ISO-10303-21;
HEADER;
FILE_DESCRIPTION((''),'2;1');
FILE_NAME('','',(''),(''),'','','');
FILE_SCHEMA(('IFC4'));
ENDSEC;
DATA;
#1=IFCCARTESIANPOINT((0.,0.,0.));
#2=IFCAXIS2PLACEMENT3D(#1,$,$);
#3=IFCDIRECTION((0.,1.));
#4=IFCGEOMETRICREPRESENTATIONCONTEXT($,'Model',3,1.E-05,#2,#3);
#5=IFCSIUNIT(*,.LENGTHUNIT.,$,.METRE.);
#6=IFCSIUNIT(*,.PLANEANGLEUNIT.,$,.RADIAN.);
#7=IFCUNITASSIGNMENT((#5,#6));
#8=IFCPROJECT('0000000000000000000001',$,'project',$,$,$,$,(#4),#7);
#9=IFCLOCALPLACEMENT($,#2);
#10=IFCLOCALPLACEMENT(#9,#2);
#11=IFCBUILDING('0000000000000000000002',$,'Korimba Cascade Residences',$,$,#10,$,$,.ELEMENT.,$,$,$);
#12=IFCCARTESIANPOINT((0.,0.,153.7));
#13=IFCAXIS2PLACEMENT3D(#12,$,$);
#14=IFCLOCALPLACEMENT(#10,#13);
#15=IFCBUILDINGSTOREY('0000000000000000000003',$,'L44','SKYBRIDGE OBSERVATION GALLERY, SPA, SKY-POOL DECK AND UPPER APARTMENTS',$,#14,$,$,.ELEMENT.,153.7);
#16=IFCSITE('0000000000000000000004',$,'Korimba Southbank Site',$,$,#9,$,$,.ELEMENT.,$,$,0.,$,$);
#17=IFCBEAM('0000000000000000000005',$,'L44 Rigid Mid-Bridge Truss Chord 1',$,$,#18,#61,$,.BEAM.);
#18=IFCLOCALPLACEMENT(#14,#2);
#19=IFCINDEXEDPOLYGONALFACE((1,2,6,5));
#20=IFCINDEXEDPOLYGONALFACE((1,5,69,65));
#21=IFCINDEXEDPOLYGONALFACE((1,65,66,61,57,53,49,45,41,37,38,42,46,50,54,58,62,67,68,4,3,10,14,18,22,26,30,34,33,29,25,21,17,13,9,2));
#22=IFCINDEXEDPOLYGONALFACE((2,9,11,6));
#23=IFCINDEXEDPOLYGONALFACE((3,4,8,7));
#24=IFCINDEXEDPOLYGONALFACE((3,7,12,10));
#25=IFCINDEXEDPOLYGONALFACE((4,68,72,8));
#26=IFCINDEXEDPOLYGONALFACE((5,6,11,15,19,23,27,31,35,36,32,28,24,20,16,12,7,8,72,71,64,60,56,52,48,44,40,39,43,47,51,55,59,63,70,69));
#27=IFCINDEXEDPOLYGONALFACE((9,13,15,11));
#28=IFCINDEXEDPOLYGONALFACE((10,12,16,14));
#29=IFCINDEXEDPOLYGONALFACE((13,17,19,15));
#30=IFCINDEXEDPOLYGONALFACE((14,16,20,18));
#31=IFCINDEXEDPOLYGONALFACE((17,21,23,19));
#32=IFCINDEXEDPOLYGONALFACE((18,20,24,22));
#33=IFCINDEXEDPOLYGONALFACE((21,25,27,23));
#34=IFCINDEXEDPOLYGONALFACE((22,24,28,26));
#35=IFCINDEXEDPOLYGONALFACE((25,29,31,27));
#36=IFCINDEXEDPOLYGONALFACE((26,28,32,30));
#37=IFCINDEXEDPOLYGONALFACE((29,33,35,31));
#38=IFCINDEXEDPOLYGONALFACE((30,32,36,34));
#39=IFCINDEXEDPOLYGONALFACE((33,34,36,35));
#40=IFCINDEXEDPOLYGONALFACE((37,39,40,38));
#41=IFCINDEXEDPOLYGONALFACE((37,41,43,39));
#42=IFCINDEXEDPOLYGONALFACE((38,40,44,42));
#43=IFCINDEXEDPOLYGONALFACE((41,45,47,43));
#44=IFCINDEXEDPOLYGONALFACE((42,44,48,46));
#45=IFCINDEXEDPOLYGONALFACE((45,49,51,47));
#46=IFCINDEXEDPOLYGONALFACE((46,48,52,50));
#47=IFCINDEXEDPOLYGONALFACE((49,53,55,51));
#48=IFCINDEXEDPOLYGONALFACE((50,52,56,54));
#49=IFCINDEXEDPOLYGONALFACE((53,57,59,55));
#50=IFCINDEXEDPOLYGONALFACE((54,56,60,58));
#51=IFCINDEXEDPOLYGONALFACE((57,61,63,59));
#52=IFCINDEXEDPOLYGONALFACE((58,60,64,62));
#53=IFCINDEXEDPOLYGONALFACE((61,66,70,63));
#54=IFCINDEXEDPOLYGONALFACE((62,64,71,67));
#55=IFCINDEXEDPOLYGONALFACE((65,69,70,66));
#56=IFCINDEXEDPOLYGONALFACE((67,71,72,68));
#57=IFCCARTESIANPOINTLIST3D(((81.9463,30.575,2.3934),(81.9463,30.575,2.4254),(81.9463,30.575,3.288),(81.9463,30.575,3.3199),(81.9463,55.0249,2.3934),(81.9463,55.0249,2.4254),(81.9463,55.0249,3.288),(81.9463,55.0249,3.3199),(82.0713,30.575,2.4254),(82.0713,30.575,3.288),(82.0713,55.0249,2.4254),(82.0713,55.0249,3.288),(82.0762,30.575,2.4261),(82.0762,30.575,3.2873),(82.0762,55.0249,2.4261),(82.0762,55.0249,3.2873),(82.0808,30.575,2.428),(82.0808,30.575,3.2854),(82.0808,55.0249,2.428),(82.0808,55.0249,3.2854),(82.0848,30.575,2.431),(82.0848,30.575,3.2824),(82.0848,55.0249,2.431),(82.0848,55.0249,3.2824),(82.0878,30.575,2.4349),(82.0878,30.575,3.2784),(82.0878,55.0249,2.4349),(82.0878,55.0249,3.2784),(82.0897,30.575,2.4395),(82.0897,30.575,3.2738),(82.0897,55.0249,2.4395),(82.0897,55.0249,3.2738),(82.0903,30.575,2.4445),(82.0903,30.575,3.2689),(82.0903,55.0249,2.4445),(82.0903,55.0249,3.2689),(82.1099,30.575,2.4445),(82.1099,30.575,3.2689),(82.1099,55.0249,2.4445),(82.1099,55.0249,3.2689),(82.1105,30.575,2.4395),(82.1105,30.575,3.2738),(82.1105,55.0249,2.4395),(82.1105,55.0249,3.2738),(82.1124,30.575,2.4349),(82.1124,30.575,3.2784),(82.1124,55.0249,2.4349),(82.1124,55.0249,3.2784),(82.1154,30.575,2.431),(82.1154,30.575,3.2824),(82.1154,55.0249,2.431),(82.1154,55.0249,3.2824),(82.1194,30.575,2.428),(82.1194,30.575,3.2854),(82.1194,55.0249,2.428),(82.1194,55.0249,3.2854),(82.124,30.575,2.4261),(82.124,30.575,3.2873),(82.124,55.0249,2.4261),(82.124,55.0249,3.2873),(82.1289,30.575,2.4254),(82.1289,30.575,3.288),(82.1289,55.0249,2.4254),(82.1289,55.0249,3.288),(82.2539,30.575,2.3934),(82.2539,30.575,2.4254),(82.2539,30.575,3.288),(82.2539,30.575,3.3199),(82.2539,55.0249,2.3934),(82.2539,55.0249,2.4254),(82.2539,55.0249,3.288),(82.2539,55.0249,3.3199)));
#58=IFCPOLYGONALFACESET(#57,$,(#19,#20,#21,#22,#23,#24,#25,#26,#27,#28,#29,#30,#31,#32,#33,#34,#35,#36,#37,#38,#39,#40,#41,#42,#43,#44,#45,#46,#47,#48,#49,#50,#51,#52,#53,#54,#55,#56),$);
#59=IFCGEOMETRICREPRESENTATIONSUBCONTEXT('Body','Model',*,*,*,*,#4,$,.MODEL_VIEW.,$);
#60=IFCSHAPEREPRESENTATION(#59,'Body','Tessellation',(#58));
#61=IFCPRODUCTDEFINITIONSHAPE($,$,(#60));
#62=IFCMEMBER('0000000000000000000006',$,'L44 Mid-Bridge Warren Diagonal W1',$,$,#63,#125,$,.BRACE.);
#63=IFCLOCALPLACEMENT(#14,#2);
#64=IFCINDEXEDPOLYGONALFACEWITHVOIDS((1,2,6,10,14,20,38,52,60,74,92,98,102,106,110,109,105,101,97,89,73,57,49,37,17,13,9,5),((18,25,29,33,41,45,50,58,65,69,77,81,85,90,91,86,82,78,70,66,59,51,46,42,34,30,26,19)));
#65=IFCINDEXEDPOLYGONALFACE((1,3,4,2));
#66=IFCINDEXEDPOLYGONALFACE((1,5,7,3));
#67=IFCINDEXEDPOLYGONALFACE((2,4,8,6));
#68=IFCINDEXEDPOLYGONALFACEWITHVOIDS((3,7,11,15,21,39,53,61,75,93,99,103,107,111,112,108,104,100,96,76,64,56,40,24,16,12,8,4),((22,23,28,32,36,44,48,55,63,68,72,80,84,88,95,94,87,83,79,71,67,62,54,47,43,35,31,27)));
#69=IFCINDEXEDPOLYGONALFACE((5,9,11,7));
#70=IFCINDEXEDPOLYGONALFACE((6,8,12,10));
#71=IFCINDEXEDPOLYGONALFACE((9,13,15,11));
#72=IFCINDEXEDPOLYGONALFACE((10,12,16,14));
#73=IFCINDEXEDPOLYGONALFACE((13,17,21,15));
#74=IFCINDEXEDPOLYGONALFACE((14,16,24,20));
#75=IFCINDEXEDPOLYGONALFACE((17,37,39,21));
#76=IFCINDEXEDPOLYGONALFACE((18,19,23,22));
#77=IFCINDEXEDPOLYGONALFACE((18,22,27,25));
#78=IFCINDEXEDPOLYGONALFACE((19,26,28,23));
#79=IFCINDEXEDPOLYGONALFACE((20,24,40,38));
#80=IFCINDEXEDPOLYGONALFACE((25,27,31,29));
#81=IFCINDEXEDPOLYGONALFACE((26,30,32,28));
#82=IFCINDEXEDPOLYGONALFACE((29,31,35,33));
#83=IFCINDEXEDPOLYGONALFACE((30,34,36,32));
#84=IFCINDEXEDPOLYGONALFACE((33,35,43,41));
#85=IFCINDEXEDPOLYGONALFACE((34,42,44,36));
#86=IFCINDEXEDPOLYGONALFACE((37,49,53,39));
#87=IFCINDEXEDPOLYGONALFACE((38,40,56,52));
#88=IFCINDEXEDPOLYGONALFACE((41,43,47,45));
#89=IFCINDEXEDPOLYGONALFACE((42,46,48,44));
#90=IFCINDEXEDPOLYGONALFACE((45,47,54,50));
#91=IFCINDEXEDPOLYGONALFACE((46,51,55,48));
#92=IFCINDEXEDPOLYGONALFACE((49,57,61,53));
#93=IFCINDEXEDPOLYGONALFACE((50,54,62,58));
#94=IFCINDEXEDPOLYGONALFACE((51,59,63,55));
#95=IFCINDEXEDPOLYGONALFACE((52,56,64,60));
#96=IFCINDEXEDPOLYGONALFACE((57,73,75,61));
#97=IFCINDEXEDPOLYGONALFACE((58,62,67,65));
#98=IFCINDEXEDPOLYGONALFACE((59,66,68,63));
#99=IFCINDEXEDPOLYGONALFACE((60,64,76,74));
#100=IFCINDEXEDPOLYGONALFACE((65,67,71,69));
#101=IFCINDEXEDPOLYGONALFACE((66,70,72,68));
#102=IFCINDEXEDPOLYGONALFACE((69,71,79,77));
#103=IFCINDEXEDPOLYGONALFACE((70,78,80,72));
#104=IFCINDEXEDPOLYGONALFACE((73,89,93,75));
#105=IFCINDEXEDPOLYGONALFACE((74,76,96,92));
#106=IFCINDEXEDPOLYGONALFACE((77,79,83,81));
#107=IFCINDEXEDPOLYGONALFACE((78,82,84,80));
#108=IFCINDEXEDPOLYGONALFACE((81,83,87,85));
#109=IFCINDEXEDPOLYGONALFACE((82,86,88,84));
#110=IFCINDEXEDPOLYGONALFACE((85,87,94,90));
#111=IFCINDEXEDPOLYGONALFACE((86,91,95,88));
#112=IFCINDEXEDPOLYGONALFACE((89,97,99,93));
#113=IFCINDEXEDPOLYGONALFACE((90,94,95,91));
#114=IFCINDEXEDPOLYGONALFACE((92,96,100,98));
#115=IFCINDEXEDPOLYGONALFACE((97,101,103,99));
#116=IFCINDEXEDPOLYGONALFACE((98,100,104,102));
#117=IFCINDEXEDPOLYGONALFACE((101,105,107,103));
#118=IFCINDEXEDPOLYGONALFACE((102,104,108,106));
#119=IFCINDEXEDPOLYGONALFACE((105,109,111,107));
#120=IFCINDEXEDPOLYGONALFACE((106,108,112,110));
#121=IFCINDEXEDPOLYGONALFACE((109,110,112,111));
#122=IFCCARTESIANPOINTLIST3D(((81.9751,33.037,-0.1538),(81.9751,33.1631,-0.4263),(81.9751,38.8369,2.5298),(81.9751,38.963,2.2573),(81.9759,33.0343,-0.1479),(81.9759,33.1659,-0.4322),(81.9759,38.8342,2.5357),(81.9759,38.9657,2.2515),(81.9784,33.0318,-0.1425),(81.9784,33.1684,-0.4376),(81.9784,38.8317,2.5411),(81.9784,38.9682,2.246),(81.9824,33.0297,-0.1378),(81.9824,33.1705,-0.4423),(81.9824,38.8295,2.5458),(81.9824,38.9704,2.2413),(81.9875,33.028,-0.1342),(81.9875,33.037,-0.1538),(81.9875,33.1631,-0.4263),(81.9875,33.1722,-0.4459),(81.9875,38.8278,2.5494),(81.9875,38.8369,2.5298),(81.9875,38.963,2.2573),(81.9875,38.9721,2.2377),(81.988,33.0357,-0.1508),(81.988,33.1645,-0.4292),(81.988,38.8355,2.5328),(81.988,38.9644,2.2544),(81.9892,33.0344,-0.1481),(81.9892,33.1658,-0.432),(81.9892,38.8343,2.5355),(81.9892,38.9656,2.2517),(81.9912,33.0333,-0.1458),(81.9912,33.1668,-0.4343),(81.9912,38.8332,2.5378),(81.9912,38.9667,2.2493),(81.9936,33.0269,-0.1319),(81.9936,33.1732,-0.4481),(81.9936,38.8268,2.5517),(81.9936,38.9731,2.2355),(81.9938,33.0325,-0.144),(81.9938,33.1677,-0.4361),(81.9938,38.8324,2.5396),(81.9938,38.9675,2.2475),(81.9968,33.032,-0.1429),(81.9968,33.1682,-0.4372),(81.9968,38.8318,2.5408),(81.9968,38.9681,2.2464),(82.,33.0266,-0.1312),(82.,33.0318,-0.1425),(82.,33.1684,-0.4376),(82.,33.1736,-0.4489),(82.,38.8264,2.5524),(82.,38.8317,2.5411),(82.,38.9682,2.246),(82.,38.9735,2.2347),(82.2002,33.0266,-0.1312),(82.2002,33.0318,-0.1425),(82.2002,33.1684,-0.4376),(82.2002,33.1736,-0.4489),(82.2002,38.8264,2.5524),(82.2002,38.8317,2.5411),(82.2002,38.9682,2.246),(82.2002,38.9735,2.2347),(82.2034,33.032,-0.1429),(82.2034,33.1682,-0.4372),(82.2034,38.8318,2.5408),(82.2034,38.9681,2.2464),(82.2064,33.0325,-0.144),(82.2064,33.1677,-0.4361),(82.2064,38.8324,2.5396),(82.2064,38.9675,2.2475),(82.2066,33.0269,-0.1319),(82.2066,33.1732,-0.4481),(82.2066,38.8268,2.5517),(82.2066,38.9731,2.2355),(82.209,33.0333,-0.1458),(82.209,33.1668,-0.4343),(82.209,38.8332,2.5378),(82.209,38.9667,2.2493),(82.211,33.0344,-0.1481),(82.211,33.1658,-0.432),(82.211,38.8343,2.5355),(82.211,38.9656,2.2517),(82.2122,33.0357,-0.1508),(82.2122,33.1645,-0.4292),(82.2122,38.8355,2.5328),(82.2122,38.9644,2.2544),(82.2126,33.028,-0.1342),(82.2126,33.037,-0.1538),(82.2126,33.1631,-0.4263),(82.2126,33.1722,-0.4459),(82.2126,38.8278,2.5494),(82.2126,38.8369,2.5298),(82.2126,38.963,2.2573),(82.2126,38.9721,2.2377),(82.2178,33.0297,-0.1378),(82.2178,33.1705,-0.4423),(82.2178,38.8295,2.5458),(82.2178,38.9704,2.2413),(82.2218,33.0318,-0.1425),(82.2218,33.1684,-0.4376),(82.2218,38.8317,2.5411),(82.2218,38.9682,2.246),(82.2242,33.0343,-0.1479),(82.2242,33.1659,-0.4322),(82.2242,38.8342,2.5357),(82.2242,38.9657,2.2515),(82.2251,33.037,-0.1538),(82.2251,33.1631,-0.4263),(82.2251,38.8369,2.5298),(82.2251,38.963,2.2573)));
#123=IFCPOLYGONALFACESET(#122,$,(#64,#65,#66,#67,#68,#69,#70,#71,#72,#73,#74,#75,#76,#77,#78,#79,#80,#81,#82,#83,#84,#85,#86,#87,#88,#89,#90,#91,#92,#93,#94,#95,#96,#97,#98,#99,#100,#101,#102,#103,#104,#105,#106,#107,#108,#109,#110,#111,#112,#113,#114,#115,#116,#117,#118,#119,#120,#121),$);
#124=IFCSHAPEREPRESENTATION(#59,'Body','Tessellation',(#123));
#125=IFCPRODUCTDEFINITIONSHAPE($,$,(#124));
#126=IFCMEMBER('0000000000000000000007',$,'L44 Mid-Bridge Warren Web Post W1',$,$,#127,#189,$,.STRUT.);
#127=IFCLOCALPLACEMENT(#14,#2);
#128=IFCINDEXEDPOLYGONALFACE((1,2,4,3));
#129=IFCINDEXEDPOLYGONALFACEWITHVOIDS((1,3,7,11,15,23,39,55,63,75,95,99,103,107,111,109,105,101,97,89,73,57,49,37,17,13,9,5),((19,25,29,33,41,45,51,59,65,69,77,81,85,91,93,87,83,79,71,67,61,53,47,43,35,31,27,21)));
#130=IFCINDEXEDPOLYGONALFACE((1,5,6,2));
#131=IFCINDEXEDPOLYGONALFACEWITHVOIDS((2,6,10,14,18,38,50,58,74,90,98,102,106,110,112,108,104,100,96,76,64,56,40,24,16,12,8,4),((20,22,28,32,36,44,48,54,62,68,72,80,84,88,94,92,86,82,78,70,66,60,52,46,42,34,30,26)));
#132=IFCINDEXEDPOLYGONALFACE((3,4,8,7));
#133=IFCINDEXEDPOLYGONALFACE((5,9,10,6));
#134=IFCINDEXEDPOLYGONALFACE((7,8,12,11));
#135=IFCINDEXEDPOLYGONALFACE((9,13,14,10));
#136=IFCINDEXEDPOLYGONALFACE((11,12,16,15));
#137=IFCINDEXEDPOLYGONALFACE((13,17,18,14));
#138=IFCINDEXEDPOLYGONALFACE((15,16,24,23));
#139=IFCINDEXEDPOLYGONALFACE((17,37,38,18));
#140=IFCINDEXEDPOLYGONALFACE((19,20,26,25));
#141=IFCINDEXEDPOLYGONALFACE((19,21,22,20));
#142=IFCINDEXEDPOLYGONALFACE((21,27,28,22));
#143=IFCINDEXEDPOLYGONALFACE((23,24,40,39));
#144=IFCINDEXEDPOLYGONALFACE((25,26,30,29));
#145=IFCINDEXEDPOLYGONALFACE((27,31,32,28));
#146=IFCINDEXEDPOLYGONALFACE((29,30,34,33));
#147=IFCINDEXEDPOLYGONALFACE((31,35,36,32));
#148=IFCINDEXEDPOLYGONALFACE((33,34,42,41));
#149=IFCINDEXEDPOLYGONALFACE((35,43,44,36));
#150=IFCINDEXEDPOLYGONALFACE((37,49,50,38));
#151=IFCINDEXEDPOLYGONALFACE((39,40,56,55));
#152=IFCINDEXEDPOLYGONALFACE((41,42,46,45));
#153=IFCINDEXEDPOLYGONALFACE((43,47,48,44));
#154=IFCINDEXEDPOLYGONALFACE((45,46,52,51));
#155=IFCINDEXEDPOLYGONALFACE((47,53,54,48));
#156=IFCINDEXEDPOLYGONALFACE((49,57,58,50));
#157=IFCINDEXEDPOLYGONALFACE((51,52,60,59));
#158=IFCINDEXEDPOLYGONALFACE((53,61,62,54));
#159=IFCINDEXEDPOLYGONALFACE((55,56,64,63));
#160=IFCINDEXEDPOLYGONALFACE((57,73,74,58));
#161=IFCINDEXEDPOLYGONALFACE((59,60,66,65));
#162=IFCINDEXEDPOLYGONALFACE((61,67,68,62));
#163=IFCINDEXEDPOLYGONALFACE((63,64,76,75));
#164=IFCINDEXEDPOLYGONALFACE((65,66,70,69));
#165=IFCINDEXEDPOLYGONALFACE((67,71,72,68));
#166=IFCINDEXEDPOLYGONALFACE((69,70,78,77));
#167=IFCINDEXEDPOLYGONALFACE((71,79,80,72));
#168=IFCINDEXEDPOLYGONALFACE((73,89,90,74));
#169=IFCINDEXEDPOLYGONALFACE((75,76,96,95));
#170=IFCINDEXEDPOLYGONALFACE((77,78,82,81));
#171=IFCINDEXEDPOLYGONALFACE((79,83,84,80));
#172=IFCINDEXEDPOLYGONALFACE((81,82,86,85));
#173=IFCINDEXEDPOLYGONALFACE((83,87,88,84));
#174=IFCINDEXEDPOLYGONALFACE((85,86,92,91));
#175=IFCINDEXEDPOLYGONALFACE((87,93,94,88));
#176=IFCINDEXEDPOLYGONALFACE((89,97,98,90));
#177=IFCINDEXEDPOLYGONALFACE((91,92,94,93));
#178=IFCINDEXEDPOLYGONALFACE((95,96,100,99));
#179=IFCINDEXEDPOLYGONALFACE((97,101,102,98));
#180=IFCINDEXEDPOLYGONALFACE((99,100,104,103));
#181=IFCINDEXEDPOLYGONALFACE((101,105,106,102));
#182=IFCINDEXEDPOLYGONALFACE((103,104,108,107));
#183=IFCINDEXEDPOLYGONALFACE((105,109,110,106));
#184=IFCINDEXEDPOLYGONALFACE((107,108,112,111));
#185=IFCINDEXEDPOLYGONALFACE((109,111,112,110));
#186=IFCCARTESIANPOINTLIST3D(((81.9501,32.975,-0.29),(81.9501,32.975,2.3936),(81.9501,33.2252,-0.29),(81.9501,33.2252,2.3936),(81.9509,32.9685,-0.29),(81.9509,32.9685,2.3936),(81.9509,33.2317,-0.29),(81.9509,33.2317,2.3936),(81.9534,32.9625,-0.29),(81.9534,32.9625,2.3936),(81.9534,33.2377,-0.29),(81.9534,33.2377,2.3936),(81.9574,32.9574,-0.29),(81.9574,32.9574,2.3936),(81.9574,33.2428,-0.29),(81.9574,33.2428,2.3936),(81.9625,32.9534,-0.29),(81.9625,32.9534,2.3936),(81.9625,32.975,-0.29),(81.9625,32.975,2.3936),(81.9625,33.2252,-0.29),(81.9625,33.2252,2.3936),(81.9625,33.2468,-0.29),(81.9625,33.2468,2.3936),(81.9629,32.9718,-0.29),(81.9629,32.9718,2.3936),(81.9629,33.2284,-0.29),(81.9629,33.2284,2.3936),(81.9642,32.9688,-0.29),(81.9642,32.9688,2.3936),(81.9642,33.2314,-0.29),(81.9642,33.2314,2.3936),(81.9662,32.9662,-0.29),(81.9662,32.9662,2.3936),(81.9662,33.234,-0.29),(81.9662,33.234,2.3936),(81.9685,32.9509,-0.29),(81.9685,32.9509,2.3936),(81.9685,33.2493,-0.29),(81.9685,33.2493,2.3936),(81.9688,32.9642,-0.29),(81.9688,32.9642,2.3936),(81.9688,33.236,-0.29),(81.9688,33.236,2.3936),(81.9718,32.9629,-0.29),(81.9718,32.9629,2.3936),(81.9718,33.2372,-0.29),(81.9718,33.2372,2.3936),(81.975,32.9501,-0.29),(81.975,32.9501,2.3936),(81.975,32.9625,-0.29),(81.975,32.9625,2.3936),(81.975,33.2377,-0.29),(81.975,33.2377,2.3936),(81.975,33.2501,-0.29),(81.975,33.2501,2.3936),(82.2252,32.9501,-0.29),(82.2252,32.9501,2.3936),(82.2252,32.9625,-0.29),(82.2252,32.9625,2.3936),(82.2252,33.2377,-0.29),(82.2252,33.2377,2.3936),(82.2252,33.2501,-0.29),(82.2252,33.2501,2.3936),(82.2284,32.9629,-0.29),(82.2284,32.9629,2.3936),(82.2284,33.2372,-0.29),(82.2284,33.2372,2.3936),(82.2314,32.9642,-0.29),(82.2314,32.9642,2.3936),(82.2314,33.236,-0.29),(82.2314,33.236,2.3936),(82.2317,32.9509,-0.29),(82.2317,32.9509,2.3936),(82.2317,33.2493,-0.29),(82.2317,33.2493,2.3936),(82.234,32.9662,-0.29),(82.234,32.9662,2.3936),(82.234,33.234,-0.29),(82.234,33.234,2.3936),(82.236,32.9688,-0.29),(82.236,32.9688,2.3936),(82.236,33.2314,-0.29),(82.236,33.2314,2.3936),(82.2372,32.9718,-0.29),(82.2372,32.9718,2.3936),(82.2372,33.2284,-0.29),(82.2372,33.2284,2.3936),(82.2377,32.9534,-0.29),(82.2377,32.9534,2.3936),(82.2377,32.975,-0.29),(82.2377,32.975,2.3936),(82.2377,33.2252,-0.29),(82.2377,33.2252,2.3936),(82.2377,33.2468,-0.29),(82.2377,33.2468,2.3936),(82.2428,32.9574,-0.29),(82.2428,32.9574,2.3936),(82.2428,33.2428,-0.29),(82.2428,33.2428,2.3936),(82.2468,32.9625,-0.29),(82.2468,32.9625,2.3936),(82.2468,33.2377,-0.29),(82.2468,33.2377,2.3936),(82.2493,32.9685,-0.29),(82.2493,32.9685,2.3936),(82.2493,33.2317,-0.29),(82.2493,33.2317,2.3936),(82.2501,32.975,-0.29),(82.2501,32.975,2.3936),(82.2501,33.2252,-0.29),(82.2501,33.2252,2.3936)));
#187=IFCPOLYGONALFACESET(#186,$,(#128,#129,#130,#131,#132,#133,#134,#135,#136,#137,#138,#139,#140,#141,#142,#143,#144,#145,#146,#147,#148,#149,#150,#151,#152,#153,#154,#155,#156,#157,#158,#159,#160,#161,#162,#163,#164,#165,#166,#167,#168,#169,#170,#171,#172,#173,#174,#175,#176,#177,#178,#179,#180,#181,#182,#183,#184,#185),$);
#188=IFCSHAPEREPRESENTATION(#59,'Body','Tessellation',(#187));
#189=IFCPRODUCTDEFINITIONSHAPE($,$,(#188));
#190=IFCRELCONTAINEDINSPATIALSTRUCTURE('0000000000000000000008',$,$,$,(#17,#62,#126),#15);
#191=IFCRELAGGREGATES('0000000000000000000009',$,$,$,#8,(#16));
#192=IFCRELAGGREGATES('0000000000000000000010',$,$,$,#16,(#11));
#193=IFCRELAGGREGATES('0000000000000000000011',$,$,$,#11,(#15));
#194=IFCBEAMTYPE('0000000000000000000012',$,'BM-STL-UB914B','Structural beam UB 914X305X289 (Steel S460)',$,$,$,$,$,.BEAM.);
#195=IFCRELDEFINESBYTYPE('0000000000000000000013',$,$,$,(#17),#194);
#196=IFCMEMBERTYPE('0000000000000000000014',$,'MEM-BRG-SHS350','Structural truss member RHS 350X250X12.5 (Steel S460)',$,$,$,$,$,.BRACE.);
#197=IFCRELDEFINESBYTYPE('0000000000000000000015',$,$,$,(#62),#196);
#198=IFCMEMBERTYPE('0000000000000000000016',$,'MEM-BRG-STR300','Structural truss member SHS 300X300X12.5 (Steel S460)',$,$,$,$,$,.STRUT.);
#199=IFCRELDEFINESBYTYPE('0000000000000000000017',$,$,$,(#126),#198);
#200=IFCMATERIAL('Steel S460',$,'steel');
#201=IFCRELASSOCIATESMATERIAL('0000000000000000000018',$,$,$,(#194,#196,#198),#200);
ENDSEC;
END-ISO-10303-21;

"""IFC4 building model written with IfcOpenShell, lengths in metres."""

from ifc_helpers import new_model, si_unit, direction, frame, origin, origin_2d, place, context, subcontext, project, spatial, hollow_rectangle, i_section, extrude, material, material_profile, profile_set, type_object, element, save


model = new_model("IFC4")

# Units and contexts
model_context = context("Model", 3, precision=1e-05, world=origin(), true_north=direction((0.0, 1.0)))
body_context = subcontext(model_context, "Body", "Model", "MODEL_VIEW")
ifc_project = project(units=[si_unit("LENGTHUNIT", "METRE"), si_unit("PLANEANGLEUNIT", "RADIAN")], contexts=[model_context])

# Site, building, storey
site_placement = place(None, origin())
site = spatial("IfcSite", under=ifc_project, at=site_placement, Name="Korimba Southbank Site", CompositionType="ELEMENT", RefElevation=0.0)
building_placement = place(site_placement, origin())
building = spatial("IfcBuilding", under=site, at=building_placement, Name="Korimba Cascade Residences", CompositionType="ELEMENT")
storey_placement = place(building_placement, frame((0.0, 0.0, 153.7)))
storey = spatial("IfcBuildingStorey", under=building, at=storey_placement, Name="L44", Description="SKYBRIDGE OBSERVATION GALLERY, SPA, SKY-POOL DECK AND UPPER APARTMENTS", CompositionType="ELEMENT", Elevation=153.7)

# Shared definitions
ifc_material_1 = material(Name="Steel S460", Category="steel")

# Beam
ifc_material_profile_1 = material_profile(ifc_material_1, i_section(OverallWidth=0.3076, OverallDepth=0.9265, WebThickness=0.0195, FlangeThickness=0.032, FilletRadius=0.019, at=origin_2d()), Name="Steel S460")
ifc_profile_set_1 = profile_set([ifc_material_profile_1], Name="Steel S460")
beam_type_1 = type_object("IfcBeamType", Name="BM-STL-UB914B", Description="Structural beam UB 914X305X289 (Steel S460)", PredefinedType="BEAM", material=ifc_profile_set_1)
beam_1_placement = place(storey_placement, frame((82.1001, 30.575, 2.8567), z_axis=(0.0, 1.0, 0.0), x_axis=(-1.0, 0.0, 0.0)))
element("IfcBeam", 1, at=beam_1_placement, inside=storey, type_object=beam_type_1, Name="L44 Rigid Mid-Bridge Truss Chord 1", PredefinedType="BEAM", context=body_context, shape_type="SweptSolid", body=[
    extrude(i_section(OverallWidth=0.3076, OverallDepth=0.9265, WebThickness=0.0195, FlangeThickness=0.032, FilletRadius=0.019, at=origin_2d()), origin(), (0.0, 0.0, 1.0), 24.45),
])

# Members
ifc_material_profile_2 = material_profile(ifc_material_1, hollow_rectangle(XDim=0.25, YDim=0.3501, WallThickness=0.0125, InnerFilletRadius=0.0125, OuterFilletRadius=0.0249, at=origin_2d()), Name="Steel S460")
ifc_profile_set_2 = profile_set([ifc_material_profile_2], Name="Steel S460")
member_type_1 = type_object("IfcMemberType", Name="MEM-BRG-SHS350", Description="Structural truss member RHS 350X250X12.5 (Steel S460)", PredefinedType="BRACE", material=ifc_profile_set_2)
member_placement = place(storey_placement, frame((82.1001, 33.1001, -0.29), z_axis=(0.0, 0.907556, 0.41993), x_axis=(-1.0, 0.0, 0.0)))
element("IfcMember", 2, at=member_placement, inside=storey, type_object=member_type_1, Name="L44 Mid-Bridge Warren Diagonal W1", PredefinedType="BRACE", context=body_context, shape_type="SweptSolid", body=[
    extrude(hollow_rectangle(XDim=0.25, YDim=0.3501, WallThickness=0.0125, InnerFilletRadius=0.0125, OuterFilletRadius=0.0249, at=origin_2d()), origin(), (0.0, 0.0, 1.0), 6.3906),
])
ifc_material_profile_3 = material_profile(ifc_material_1, hollow_rectangle(XDim=0.3, YDim=0.3, WallThickness=0.0125, InnerFilletRadius=0.0125, OuterFilletRadius=0.0249, at=origin_2d()), Name="Steel S460")
ifc_profile_set_3 = profile_set([ifc_material_profile_3], Name="Steel S460")
member_type_2 = type_object("IfcMemberType", Name="MEM-BRG-STR300", Description="Structural truss member SHS 300X300X12.5 (Steel S460)", PredefinedType="STRUT", material=ifc_profile_set_3)
for number, where, z_axis, x_axis, name in (
    (3, (82.1001, 33.1001, -0.29), (0.0, 0.0, 1.0), (1.0, 0.0, 0.0), "L44 Mid-Bridge Warren Web Post W1"),
):
    element("IfcMember", number, at=place(storey_placement, frame(where, z_axis=z_axis, x_axis=x_axis)), inside=storey, type_object=member_type_2, Name=name, PredefinedType="STRUT", context=body_context, shape_type="SweptSolid", body=[
        extrude(hollow_rectangle(XDim=0.3, YDim=0.3, WallThickness=0.0125, InnerFilletRadius=0.0125, OuterFilletRadius=0.0249, at=origin_2d()), origin(), (0.0, 0.0, 1.0), 2.6836),
    ])

save(model, "model.ifc")
